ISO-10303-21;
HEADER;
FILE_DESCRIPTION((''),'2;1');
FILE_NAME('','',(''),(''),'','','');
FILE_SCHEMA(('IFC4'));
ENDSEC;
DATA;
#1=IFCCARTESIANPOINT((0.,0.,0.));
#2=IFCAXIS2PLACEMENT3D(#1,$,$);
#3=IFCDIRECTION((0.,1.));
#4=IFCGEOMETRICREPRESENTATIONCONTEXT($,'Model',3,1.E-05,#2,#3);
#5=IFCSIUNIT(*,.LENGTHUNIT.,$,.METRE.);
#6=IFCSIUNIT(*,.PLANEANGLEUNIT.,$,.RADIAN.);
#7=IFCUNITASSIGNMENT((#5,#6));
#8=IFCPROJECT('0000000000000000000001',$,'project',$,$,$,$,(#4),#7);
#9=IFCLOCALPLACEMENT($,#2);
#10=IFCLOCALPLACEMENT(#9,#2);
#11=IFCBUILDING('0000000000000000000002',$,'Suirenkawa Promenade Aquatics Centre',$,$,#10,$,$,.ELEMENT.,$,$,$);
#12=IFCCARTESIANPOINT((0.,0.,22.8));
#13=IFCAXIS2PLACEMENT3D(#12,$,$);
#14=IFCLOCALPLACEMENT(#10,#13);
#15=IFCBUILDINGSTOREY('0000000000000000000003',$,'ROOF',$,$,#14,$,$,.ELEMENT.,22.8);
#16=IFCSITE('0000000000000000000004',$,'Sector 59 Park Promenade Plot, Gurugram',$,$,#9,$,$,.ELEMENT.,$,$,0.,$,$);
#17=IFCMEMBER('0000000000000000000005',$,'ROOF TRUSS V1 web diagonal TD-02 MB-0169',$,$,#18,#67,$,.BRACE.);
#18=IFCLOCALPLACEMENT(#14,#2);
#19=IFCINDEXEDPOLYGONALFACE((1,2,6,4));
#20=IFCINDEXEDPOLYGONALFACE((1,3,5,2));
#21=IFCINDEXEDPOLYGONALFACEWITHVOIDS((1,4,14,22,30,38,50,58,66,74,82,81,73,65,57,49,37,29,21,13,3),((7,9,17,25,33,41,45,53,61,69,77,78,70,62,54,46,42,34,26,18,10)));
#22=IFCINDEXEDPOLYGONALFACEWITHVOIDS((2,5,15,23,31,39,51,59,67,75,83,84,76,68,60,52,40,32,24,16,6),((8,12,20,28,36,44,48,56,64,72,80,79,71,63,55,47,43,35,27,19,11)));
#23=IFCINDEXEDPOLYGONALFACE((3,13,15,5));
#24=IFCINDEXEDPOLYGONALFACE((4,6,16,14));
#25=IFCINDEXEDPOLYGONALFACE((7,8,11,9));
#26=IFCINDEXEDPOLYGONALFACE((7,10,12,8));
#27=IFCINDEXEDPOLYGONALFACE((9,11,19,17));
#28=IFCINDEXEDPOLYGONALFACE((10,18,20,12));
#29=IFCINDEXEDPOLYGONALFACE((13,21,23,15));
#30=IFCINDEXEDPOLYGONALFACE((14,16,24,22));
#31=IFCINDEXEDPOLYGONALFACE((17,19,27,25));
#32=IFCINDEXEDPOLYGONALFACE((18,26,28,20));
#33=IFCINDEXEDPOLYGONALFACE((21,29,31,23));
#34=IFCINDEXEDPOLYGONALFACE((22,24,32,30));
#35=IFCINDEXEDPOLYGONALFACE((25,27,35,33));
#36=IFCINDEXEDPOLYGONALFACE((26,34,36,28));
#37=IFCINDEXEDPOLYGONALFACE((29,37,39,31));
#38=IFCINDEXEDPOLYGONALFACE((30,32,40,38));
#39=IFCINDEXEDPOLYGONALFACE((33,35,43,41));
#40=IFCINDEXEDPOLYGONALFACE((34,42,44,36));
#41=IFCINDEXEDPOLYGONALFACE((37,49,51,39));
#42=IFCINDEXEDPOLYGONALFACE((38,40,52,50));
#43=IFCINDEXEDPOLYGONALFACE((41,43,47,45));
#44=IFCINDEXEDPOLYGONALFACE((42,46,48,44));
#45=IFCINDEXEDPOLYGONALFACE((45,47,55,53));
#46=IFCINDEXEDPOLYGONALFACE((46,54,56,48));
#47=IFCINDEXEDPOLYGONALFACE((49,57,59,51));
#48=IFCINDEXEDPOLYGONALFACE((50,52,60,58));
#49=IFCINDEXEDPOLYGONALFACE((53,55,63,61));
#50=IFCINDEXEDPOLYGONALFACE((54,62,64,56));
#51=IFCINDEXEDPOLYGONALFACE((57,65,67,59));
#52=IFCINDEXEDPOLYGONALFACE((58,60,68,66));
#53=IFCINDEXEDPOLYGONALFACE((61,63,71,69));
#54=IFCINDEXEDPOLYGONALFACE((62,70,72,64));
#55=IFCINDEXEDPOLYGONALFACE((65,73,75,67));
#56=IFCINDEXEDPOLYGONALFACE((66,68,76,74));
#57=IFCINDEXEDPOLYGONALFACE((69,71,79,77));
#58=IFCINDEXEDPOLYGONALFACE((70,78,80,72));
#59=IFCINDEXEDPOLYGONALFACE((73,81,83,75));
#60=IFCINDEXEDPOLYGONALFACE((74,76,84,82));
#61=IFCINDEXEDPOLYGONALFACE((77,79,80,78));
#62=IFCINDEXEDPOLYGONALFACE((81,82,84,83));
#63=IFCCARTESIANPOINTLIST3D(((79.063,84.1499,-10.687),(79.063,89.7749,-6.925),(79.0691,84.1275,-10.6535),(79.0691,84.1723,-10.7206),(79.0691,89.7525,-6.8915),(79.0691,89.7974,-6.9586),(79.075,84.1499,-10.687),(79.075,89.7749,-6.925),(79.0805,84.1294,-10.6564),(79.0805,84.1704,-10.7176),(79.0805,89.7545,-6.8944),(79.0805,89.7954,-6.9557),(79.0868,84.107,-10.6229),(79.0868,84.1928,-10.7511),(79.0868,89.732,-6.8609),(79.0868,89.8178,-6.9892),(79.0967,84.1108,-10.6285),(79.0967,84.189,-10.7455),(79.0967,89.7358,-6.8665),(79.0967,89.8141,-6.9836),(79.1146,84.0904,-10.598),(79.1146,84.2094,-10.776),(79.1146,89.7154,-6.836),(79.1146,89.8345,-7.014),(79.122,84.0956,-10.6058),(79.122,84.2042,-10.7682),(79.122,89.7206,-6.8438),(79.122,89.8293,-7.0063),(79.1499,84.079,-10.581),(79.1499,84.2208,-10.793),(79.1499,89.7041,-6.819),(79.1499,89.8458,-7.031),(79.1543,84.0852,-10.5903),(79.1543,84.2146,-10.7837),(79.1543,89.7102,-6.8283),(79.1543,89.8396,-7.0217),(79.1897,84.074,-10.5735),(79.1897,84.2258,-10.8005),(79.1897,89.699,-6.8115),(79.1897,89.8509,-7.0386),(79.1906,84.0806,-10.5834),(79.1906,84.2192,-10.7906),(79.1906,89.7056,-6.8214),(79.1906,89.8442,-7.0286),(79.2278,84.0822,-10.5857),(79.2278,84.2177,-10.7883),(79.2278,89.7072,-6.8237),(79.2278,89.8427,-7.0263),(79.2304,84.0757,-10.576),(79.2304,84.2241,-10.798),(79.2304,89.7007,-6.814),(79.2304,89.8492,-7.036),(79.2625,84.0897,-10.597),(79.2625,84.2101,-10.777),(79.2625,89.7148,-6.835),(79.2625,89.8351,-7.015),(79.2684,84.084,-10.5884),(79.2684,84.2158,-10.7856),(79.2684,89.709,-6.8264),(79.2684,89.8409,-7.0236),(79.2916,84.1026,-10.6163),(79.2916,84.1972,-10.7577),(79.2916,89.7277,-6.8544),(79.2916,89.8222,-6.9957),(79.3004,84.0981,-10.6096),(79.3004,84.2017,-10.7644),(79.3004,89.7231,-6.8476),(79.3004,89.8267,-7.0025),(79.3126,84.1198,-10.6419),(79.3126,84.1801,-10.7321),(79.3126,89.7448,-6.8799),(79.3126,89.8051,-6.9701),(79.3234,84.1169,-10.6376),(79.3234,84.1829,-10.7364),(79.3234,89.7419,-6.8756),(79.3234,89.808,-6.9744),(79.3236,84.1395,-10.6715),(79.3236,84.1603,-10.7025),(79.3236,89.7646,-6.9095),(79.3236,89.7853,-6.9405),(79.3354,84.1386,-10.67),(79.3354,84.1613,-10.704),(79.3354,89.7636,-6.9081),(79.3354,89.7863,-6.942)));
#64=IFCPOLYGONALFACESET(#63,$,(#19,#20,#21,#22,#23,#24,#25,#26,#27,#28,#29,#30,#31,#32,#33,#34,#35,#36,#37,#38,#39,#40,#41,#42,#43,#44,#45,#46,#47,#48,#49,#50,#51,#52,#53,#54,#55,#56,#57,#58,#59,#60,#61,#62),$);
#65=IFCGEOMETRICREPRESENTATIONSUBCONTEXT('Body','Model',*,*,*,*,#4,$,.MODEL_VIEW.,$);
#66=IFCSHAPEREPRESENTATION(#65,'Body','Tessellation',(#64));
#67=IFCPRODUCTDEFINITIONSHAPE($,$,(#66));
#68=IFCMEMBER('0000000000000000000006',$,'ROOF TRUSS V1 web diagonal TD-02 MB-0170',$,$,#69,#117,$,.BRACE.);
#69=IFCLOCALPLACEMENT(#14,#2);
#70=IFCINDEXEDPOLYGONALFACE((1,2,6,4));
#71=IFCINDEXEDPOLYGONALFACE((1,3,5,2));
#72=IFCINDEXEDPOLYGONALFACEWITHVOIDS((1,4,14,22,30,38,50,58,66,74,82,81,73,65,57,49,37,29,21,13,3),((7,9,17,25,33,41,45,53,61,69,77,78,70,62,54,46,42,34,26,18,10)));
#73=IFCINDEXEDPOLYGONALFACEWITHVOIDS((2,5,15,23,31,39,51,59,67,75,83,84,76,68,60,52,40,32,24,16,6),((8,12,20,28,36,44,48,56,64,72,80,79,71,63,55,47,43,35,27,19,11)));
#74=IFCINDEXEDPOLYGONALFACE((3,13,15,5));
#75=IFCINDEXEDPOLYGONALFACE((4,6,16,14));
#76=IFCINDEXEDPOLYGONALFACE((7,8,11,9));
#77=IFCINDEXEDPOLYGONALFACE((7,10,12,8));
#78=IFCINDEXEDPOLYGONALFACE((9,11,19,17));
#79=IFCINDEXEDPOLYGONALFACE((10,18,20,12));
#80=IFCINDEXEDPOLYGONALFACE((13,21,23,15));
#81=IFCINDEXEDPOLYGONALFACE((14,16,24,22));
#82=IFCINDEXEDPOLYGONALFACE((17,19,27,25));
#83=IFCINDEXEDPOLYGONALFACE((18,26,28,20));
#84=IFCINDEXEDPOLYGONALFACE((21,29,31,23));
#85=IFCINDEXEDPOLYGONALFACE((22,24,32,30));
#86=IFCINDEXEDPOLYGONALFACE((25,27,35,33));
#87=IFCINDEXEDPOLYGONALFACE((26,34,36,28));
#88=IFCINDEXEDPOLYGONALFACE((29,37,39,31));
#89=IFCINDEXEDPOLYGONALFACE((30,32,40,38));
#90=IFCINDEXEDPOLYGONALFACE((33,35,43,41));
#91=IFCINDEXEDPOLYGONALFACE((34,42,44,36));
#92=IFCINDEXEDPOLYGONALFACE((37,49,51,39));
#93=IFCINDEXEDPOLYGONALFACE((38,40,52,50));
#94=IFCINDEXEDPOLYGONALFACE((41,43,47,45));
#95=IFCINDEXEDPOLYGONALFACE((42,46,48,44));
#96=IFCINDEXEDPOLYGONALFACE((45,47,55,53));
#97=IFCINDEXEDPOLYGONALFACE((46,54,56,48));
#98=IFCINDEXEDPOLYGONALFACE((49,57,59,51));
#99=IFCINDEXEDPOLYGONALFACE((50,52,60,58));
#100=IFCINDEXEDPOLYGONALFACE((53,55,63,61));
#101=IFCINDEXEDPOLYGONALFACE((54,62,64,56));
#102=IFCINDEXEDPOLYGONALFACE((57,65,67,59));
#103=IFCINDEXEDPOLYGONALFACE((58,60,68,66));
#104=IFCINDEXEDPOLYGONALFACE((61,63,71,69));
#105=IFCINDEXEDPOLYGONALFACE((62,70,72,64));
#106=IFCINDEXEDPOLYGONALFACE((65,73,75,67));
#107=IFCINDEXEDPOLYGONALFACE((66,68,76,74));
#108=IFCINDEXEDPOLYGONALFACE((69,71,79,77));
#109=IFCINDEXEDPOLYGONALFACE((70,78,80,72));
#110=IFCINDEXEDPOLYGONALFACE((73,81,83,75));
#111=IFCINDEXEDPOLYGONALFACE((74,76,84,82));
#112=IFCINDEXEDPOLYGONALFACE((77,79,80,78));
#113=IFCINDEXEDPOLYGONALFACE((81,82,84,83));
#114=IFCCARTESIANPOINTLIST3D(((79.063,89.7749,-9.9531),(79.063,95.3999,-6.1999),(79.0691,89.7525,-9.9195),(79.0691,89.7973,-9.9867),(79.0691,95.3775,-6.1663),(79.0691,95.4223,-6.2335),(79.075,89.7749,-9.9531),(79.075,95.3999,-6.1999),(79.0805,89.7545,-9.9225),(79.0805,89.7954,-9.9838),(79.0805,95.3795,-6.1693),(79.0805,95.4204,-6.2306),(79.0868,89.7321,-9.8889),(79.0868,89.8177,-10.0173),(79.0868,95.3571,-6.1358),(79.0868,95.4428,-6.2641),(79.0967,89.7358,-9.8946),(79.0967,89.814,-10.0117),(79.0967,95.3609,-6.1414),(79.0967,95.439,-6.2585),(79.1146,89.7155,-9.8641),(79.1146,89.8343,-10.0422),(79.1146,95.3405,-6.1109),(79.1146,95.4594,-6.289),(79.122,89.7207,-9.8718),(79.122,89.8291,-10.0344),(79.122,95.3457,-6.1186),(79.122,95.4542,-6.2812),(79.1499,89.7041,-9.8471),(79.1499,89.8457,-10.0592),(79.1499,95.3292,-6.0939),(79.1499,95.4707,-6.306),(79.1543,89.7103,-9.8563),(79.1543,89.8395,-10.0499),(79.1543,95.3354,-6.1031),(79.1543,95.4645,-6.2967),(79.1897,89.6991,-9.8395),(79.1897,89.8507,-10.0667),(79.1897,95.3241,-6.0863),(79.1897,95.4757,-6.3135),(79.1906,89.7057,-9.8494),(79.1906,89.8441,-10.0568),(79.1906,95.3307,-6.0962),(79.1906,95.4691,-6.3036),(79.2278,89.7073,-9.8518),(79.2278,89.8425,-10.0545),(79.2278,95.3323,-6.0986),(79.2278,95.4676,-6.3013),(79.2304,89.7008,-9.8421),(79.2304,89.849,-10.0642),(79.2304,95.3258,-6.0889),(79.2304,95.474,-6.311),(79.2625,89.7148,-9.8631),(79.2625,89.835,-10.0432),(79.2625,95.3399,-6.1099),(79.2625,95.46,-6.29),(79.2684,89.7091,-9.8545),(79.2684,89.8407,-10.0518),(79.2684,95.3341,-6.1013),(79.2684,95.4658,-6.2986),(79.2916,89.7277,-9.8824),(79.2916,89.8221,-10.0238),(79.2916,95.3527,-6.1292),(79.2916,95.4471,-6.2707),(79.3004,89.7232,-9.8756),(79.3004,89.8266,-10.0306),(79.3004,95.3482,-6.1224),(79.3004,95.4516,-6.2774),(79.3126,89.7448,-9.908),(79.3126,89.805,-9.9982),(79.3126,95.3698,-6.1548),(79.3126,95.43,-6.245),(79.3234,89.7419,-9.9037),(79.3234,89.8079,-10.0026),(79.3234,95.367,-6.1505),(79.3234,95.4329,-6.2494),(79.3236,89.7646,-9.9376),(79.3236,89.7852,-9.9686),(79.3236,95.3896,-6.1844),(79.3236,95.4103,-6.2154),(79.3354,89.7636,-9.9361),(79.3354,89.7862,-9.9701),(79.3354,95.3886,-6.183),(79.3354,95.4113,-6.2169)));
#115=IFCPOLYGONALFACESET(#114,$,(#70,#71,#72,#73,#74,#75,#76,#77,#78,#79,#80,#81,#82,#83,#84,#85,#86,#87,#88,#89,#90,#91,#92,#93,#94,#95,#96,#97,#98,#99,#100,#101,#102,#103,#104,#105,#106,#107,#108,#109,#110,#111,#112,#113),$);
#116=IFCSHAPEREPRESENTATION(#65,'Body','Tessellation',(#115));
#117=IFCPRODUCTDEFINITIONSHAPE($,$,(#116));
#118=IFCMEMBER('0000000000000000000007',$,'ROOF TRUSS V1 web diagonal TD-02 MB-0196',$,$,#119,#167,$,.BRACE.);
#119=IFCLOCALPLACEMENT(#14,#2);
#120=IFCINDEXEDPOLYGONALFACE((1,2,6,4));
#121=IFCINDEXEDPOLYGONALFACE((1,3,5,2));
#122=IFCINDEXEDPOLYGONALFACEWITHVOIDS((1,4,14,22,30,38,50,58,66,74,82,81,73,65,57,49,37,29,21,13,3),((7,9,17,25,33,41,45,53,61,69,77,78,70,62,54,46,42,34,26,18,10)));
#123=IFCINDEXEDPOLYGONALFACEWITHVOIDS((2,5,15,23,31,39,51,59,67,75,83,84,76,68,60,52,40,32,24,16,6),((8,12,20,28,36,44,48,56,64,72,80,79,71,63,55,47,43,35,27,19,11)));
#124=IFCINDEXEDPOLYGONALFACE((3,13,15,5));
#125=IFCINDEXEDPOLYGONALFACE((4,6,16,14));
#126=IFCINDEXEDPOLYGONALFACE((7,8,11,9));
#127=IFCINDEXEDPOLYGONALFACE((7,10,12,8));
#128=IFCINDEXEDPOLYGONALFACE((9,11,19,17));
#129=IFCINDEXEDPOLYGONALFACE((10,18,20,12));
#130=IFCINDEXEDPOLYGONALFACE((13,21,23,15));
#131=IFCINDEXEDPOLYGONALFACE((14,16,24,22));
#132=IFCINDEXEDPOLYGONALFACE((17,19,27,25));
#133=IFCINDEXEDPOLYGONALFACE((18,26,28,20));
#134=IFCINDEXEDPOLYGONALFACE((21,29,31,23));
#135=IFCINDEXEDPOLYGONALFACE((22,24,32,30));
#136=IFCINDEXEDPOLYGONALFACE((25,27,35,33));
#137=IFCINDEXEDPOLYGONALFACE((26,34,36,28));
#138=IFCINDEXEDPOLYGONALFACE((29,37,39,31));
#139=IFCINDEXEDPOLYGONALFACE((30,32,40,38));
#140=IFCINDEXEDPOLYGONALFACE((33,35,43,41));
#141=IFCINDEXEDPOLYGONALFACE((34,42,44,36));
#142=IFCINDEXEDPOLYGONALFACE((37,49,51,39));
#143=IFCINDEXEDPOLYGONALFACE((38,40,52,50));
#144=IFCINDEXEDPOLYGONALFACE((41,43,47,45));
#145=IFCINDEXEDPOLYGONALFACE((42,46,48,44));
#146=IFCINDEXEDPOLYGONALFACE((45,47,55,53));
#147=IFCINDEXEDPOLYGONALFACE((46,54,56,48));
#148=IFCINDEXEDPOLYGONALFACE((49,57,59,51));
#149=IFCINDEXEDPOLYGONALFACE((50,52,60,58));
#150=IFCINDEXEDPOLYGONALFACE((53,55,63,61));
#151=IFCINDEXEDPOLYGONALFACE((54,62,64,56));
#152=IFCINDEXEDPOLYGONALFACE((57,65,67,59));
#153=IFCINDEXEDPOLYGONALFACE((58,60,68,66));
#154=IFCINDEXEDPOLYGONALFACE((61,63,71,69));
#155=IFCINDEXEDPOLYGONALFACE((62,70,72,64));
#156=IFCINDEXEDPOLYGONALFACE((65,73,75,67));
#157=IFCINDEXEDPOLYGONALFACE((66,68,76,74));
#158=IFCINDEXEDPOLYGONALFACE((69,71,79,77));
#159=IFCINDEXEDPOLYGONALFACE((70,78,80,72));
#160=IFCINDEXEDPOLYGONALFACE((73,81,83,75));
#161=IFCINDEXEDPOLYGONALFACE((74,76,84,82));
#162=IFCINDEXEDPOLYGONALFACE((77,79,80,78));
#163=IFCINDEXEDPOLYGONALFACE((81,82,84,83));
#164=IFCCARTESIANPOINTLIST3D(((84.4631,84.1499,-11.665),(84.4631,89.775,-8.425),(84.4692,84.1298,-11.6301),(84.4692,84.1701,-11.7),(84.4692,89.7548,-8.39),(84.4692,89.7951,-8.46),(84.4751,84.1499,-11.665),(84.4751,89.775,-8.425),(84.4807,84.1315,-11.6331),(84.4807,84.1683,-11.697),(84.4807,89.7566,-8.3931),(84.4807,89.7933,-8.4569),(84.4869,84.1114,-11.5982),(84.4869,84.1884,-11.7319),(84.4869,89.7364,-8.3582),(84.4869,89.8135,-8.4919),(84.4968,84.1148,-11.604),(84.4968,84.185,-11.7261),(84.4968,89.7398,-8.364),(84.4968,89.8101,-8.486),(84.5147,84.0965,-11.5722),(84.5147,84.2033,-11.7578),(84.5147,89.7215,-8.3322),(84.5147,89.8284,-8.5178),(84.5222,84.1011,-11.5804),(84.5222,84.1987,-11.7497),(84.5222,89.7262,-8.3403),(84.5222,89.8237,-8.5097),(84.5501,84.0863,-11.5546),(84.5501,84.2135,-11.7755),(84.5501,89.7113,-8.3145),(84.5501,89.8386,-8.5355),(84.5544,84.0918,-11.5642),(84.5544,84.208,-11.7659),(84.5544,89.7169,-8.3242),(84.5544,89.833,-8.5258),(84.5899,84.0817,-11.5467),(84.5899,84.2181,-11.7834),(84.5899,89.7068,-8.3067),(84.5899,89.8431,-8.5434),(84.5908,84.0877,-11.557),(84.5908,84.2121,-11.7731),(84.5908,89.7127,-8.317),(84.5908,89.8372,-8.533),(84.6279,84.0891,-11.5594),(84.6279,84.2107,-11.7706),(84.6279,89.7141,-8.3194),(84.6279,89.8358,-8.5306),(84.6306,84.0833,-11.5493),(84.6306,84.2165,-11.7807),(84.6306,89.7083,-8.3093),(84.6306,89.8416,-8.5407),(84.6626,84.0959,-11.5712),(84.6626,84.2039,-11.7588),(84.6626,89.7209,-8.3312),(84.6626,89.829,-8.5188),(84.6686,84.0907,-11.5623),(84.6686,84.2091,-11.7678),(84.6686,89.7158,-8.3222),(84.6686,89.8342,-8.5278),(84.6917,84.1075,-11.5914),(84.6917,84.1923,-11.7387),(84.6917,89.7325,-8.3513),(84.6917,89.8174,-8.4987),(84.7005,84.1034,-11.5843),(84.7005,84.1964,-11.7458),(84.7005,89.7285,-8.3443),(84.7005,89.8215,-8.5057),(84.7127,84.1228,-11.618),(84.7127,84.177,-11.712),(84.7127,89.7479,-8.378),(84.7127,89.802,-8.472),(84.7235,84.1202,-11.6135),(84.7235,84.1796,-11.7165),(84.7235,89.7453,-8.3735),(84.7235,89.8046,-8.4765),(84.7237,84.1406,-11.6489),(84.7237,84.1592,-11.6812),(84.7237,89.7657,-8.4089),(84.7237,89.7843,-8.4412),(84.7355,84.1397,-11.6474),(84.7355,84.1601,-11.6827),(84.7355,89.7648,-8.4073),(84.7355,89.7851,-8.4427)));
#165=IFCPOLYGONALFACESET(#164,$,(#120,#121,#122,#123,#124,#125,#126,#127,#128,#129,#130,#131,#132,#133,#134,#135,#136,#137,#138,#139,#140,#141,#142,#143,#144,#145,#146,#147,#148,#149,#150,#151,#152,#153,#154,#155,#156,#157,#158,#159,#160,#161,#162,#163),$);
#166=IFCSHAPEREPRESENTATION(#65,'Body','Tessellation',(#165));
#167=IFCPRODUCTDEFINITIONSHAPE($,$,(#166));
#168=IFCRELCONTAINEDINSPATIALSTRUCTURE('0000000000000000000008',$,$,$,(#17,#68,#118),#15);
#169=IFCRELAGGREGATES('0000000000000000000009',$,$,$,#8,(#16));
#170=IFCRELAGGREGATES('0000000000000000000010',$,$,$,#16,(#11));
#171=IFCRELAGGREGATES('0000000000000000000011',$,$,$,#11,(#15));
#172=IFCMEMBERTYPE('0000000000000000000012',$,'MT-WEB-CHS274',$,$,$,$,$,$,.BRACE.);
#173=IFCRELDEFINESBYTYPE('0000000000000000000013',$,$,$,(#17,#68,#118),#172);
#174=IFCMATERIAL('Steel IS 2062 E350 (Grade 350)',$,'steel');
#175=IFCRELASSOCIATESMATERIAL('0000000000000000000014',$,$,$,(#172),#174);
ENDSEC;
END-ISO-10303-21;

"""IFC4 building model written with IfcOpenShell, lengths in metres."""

from ifc_helpers import new_model, si_unit, direction, frame, origin, origin_2d, place, context, subcontext, project, spatial, hollow_circle, extrude, material, material_profile, profile_set, type_object, element, save


model = new_model("IFC4")

# Units and contexts
model_context = context("Model", 3, precision=1e-05, world=origin(), true_north=direction((0.0, 1.0)))
body_context = subcontext(model_context, "Body", "Model", "MODEL_VIEW")
ifc_project = project(units=[si_unit("LENGTHUNIT", "METRE"), si_unit("PLANEANGLEUNIT", "RADIAN")], contexts=[model_context])

# Site, building, storey
site_placement = place(None, origin())
site = spatial("IfcSite", under=ifc_project, at=site_placement, Name="Sector 59 Park Promenade Plot, Gurugram", CompositionType="ELEMENT", RefElevation=0.0)
building_placement = place(site_placement, origin())
building = spatial("IfcBuilding", under=site, at=building_placement, Name="Suirenkawa Promenade Aquatics Centre", CompositionType="ELEMENT")
storey_placement = place(building_placement, frame((0.0, 0.0, 22.8)))
storey = spatial("IfcBuildingStorey", under=building, at=storey_placement, Name="ROOF", CompositionType="ELEMENT", Elevation=22.8)

# Shared definitions
ifc_material = material(Name="Steel IS 2062 E350 (Grade 350)", Category="steel")

# Members
ifc_material_profile_1 = material_profile(ifc_material, hollow_circle(Radius=0.137, WallThickness=0.012, at=origin_2d()), Name="CHS 274x12", Category="steel")
ifc_profile_set_1 = profile_set([ifc_material_profile_1], Name="Steel IS 2062 E350 (Grade 350)")
member_type_1 = type_object("IfcMemberType", Name="MT-WEB-CHS274", PredefinedType="BRACE", material=ifc_profile_set_1)
member_1_placement = place(storey_placement, frame((79.2, 84.1499, -10.687), z_axis=(0.0, 0.831233, 0.555923), x_axis=(-1.0, 0.0, 0.0)))
element("IfcMember", 1, at=member_1_placement, inside=storey, type_object=member_type_1, Name="ROOF TRUSS V1 web diagonal TD-02 MB-0169", PredefinedType="BRACE", context=body_context, shape_type="SweptSolid", body=[
    extrude(hollow_circle(Radius=0.137, WallThickness=0.012, at=origin_2d()), origin(), (0.0, 0.0, 1.0), 6.7671),
])
member_2_placement = place(storey_placement, frame((79.2, 89.7749, -9.9531), z_axis=(0.0, 0.831834, 0.555025), x_axis=(-1.0, 0.0, 0.0)))
element("IfcMember", 2, at=member_2_placement, inside=storey, type_object=member_type_1, Name="ROOF TRUSS V1 web diagonal TD-02 MB-0170", PredefinedType="BRACE", context=body_context, shape_type="SweptSolid", body=[
    extrude(hollow_circle(Radius=0.137, WallThickness=0.012, at=origin_2d()), origin(), (0.0, 0.0, 1.0), 6.7622),
])
member_3_placement = place(storey_placement, frame((84.6001, 84.1499, -11.665), z_axis=(0.0, 0.866532, 0.499121), x_axis=(-1.0, 0.0, 0.0)))
element("IfcMember", 3, at=member_3_placement, inside=storey, type_object=member_type_1, Name="ROOF TRUSS V1 web diagonal TD-02 MB-0196", PredefinedType="BRACE", context=body_context, shape_type="SweptSolid", body=[
    extrude(hollow_circle(Radius=0.137, WallThickness=0.012, at=origin_2d()), origin(), (0.0, 0.0, 1.0), 6.4915),
])

save(model, "model.ifc")
